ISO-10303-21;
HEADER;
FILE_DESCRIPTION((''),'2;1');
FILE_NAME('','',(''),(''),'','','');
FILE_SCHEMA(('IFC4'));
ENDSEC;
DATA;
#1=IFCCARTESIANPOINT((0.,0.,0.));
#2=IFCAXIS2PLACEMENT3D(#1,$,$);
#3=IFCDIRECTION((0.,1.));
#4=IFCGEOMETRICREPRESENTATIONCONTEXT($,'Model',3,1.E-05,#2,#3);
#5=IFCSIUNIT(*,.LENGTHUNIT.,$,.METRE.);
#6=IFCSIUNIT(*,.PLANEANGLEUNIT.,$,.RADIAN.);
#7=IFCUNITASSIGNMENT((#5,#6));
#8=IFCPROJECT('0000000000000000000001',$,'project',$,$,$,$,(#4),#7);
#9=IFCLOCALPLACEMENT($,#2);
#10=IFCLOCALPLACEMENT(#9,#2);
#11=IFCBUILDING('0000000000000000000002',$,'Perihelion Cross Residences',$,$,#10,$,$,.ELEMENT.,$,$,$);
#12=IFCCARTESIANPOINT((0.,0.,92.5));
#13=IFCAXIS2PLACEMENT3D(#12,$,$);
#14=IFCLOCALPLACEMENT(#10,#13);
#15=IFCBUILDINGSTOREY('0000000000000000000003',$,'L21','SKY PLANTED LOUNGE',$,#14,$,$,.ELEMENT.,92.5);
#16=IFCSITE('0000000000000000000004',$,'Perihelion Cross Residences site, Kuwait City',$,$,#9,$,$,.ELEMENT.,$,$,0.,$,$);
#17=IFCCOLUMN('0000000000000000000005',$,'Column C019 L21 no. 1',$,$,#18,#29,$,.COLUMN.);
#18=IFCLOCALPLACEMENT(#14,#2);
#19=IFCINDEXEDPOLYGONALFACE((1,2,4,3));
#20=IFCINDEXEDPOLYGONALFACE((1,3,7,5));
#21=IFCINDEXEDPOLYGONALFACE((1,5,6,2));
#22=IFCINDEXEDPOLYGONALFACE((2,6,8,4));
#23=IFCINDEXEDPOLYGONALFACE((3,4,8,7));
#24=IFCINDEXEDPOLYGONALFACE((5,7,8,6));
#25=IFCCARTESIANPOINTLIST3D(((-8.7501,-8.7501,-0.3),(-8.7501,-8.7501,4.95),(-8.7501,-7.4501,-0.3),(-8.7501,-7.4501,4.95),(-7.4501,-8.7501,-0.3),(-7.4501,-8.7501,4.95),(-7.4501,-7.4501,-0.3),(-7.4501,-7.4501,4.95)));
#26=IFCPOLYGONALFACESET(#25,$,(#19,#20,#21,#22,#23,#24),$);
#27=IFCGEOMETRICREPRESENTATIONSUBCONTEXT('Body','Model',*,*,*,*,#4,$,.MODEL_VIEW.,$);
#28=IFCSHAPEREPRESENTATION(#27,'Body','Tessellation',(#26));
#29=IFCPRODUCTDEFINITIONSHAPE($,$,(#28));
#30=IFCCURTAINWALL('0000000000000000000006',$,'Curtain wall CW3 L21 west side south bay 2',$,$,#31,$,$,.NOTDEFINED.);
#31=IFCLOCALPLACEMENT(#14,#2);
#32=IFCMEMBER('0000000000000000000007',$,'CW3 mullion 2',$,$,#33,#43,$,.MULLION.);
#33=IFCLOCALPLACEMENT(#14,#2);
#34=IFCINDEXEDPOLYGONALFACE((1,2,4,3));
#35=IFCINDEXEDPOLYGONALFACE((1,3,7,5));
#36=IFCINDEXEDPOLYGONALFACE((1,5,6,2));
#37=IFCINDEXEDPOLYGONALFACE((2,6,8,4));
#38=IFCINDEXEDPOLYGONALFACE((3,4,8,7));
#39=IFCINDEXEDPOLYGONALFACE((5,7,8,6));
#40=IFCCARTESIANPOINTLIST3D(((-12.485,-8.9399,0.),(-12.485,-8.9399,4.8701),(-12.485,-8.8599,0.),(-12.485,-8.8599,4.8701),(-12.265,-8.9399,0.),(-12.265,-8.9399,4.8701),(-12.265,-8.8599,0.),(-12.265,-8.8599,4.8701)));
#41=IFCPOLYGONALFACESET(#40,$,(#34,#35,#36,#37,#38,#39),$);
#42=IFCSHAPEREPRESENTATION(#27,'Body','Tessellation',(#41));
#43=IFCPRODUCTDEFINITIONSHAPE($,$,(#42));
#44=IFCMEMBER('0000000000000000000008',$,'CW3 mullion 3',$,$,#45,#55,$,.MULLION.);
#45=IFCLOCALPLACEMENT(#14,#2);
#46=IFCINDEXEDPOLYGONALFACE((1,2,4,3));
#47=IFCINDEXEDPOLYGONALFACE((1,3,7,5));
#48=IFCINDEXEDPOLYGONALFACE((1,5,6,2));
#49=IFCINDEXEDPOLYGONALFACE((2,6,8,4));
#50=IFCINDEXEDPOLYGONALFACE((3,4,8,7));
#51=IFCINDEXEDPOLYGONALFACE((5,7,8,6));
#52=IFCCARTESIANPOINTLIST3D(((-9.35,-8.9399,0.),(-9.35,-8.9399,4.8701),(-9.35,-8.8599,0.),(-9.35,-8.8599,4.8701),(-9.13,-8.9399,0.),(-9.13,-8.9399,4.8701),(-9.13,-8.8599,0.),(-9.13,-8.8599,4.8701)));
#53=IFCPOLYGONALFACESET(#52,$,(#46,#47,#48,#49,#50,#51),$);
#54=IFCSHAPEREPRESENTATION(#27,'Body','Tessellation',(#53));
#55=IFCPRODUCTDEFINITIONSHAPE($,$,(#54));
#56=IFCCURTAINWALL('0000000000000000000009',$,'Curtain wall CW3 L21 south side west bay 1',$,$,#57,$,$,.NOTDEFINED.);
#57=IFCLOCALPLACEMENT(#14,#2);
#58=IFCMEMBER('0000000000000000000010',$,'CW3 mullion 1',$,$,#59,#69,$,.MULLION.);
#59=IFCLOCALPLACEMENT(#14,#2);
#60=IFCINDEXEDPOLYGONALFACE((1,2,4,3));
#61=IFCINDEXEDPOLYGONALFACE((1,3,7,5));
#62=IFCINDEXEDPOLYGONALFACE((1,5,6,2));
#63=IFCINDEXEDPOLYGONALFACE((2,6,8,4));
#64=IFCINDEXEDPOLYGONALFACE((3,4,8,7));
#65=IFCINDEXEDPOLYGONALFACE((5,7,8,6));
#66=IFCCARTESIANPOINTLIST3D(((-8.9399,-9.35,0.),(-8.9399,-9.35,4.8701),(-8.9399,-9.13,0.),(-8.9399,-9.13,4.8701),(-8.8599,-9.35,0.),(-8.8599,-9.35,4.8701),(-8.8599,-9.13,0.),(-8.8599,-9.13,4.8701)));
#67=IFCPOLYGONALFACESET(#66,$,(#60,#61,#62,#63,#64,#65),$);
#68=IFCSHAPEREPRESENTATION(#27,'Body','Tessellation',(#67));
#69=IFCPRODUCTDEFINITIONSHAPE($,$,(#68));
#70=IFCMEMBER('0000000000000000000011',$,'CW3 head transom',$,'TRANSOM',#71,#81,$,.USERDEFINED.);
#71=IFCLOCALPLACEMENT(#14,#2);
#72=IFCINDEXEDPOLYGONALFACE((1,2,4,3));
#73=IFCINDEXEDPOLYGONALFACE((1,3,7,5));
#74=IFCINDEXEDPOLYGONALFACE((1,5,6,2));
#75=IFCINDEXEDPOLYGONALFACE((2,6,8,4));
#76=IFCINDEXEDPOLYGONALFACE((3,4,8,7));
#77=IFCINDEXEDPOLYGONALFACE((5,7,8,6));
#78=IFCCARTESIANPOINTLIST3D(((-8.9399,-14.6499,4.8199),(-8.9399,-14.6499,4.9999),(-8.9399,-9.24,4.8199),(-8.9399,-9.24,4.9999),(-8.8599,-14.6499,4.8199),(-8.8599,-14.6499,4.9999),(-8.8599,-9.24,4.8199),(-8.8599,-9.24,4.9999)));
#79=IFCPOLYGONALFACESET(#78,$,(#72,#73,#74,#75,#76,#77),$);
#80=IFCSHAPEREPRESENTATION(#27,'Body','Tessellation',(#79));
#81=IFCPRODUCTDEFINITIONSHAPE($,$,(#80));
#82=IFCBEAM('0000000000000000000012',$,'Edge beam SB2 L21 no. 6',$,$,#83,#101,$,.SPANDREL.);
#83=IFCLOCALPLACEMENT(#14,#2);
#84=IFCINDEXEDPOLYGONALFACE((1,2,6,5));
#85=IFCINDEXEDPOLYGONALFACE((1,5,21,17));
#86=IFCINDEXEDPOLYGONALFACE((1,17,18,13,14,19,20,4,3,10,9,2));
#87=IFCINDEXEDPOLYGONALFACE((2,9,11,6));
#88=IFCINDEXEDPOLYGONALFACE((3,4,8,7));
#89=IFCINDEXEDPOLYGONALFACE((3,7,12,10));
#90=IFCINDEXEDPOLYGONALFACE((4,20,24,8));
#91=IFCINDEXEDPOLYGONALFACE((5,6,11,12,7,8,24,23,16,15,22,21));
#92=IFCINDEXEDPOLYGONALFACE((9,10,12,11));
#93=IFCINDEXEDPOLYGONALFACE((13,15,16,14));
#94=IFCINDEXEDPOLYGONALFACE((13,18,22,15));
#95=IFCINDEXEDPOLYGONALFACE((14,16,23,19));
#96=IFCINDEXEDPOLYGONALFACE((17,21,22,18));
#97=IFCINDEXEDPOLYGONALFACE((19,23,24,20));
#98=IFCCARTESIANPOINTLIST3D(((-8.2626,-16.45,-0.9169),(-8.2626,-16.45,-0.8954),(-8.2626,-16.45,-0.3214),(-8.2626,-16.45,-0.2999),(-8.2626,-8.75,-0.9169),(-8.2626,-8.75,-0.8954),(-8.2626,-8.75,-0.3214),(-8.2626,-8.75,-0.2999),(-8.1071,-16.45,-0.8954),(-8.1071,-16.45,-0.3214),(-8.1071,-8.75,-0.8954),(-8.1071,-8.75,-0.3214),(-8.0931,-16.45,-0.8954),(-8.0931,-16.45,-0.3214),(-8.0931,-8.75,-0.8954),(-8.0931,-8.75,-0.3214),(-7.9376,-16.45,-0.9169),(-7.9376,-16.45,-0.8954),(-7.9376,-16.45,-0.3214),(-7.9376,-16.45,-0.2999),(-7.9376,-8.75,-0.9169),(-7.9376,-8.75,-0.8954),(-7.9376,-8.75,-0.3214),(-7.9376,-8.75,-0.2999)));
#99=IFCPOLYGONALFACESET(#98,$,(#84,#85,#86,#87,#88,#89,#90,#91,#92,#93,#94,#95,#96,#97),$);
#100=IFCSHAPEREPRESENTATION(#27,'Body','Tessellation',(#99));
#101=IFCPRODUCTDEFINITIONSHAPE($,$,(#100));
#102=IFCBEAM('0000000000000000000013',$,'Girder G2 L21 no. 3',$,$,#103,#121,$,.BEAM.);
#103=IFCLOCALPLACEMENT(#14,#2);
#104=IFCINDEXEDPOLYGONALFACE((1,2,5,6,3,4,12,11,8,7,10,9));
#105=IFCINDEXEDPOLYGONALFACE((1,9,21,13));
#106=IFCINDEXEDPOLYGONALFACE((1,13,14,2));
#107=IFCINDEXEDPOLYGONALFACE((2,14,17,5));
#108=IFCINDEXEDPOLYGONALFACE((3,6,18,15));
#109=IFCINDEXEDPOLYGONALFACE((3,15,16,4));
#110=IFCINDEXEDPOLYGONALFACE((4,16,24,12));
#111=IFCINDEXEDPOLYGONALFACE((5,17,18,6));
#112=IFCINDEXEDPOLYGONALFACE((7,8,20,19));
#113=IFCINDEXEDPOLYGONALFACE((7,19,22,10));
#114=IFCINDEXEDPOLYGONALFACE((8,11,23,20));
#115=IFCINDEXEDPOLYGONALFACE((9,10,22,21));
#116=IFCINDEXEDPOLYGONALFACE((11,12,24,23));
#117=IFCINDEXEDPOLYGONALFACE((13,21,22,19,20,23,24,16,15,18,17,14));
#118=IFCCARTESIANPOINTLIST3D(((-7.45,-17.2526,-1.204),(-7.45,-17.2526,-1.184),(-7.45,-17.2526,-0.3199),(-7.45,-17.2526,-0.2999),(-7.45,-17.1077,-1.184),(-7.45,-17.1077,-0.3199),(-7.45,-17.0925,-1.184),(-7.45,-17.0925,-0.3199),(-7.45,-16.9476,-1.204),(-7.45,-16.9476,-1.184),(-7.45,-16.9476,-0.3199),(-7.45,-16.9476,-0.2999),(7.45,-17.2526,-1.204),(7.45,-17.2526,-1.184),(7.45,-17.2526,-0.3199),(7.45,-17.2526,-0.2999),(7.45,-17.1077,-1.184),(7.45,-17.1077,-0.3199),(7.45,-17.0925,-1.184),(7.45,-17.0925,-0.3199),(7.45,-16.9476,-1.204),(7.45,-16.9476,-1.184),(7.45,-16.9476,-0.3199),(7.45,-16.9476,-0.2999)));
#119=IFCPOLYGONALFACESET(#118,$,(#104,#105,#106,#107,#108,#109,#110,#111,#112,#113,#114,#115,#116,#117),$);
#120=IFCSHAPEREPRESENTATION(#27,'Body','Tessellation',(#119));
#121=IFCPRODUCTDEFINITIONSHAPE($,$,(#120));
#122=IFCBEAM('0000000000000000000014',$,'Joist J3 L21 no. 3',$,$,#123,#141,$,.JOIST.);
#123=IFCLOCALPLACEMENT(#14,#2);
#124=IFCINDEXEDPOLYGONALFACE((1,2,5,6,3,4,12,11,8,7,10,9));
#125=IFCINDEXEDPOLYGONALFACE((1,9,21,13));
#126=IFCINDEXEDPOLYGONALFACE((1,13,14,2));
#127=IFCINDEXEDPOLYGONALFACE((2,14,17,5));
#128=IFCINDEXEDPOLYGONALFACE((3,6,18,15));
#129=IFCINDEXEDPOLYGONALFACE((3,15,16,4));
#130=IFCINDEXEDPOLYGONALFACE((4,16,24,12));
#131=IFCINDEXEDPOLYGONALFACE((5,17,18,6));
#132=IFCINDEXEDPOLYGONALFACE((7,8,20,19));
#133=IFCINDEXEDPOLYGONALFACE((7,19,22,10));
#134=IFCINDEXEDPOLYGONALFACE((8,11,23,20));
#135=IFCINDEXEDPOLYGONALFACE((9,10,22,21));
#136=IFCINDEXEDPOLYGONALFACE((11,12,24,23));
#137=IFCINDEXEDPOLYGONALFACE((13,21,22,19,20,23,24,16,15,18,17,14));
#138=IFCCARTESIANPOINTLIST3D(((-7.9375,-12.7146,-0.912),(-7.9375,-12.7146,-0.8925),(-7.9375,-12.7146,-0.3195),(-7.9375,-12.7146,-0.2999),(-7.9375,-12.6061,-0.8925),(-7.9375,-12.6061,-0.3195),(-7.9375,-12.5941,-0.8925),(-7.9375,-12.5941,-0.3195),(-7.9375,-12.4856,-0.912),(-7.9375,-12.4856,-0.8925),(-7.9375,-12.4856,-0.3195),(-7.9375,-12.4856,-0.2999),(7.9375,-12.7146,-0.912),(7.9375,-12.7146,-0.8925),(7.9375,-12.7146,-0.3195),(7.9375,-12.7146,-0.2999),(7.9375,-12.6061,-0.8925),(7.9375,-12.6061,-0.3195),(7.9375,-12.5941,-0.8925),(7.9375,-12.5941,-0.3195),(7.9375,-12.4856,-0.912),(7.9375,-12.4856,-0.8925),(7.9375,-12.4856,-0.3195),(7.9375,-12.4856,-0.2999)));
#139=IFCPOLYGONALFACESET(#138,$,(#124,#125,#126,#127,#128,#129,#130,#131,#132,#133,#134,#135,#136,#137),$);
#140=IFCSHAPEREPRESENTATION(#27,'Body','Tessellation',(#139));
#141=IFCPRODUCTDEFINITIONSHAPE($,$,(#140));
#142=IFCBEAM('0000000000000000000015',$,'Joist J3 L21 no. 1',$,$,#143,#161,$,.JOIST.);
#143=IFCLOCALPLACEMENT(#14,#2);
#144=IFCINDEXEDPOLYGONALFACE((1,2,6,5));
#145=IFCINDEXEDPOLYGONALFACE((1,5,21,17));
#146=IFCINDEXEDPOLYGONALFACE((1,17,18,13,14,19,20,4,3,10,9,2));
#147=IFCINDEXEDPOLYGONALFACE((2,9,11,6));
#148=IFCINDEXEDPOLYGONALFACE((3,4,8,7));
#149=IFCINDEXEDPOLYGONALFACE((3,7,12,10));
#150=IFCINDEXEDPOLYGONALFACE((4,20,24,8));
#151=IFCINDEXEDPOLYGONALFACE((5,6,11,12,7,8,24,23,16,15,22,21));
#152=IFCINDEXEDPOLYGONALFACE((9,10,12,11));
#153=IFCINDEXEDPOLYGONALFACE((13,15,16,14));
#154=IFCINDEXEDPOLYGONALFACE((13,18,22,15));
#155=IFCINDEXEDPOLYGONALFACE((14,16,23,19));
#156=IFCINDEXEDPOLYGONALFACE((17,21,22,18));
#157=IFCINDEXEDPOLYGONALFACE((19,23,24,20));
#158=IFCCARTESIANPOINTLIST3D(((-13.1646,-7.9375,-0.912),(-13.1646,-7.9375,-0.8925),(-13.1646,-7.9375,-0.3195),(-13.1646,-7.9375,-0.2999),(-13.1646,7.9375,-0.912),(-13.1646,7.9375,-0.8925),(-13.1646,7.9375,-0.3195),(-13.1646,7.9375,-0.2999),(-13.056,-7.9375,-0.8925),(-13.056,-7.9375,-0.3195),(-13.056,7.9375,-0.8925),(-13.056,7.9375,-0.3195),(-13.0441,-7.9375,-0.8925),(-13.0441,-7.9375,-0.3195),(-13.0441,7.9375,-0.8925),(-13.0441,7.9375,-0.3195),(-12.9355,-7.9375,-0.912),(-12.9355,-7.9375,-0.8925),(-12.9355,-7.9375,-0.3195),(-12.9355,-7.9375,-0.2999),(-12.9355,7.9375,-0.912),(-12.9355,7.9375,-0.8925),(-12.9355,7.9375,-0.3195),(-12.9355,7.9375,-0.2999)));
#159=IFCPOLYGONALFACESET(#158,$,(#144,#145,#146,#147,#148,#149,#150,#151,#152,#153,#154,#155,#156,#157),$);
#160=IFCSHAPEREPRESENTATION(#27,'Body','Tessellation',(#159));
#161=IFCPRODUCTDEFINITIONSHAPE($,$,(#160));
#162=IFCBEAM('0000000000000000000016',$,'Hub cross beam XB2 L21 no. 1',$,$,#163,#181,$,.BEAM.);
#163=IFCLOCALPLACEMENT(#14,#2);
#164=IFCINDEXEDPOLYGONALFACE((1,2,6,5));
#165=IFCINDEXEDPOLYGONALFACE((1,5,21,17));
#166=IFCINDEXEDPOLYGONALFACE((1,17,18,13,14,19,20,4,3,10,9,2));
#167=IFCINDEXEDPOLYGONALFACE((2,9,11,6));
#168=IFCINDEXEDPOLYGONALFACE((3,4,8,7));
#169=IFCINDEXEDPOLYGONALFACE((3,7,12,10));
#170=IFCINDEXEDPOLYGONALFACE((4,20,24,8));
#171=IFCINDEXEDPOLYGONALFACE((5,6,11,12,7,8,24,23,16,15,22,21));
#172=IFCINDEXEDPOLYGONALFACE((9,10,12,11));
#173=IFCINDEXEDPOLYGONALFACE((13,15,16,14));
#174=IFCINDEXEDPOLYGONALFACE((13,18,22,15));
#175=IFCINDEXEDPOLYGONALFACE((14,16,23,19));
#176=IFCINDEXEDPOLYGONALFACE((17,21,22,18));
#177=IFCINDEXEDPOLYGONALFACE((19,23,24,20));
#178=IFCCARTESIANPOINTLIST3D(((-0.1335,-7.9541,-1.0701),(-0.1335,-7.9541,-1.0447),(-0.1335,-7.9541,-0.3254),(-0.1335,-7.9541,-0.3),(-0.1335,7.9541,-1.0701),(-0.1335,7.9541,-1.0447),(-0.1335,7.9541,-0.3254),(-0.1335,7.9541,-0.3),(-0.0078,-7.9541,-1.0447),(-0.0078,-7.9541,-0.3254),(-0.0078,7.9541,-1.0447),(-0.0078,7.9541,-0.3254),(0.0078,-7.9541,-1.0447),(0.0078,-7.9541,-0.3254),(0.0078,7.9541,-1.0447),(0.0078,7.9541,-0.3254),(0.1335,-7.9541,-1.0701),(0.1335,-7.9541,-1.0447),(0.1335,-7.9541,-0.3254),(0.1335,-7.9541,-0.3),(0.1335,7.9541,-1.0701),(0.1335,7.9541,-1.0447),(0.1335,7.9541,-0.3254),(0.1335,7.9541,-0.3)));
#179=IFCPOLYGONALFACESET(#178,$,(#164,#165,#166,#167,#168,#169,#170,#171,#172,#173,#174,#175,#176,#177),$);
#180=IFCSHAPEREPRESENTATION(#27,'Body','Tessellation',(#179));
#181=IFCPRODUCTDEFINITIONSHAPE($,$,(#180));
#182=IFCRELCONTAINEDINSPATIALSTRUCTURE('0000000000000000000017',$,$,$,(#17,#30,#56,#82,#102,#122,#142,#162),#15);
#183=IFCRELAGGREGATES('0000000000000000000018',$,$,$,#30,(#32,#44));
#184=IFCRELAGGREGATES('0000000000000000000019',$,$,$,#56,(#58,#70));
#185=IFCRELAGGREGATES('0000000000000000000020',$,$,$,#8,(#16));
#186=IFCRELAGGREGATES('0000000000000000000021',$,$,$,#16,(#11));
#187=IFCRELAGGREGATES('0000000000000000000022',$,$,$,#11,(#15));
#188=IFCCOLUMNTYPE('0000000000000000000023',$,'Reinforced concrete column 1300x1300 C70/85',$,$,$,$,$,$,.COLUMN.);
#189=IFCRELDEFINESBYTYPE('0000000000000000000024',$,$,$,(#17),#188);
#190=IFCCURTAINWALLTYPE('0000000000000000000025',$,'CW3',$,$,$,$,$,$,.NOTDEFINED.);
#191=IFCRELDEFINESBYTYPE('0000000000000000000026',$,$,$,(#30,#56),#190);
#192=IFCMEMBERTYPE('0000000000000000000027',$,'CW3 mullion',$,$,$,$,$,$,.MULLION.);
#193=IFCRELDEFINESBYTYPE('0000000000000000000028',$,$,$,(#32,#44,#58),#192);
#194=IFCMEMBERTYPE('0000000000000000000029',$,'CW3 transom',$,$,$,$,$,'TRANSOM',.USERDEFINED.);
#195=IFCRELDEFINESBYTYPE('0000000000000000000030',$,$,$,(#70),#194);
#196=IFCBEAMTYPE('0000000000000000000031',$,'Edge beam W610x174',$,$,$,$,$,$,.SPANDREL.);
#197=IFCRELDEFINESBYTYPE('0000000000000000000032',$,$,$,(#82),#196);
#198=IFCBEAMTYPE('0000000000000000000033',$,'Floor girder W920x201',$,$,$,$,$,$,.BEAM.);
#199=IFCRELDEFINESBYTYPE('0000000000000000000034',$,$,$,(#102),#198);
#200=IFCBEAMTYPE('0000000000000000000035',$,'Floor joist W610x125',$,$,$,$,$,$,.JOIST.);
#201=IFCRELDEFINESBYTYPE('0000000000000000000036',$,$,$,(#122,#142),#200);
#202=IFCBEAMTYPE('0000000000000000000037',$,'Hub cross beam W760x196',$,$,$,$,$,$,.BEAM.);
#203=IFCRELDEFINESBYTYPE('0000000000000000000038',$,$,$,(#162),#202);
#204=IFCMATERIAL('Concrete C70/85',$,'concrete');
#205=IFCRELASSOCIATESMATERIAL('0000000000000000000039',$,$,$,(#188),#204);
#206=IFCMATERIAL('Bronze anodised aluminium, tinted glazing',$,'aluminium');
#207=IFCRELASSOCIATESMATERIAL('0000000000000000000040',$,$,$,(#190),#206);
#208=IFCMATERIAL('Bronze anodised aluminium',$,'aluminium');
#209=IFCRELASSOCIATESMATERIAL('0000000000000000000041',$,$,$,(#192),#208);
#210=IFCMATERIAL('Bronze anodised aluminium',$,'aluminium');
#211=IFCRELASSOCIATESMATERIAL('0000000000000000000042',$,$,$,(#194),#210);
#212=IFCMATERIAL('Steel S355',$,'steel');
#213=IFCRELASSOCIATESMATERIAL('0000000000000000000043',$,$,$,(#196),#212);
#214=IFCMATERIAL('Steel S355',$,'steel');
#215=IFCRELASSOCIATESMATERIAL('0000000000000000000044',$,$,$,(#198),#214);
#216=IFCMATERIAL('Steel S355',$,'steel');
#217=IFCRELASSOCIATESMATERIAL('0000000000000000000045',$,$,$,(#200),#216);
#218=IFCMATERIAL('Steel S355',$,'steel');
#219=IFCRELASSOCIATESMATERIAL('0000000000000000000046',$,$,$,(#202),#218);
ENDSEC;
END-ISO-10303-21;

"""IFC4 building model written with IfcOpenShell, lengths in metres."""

from ifc_helpers import new_model, si_unit, direction, frame, origin, origin_2d, place, context, subcontext, project, spatial, rectangle, i_section, extrude, material, material_profile, profile_set, type_object, element, aggregate, save


model = new_model("IFC4")

# Units and contexts
model_context = context("Model", 3, precision=1e-05, world=origin(), true_north=direction((0.0, 1.0)))
body_context = subcontext(model_context, "Body", "Model", "MODEL_VIEW")
ifc_project = project(units=[si_unit("LENGTHUNIT", "METRE"), si_unit("PLANEANGLEUNIT", "RADIAN")], contexts=[model_context])

# Site, building, storey
site_placement = place(None, origin())
site = spatial("IfcSite", under=ifc_project, at=site_placement, Name="Perihelion Cross Residences site, Kuwait City", CompositionType="ELEMENT", RefElevation=0.0)
building_placement = place(site_placement, origin())
building = spatial("IfcBuilding", under=site, at=building_placement, Name="Perihelion Cross Residences", CompositionType="ELEMENT")
storey_placement = place(building_placement, frame((0.0, 0.0, 92.5)))
storey = spatial("IfcBuildingStorey", under=building, at=storey_placement, Name="L21", Description="SKY PLANTED LOUNGE", CompositionType="ELEMENT", Elevation=92.5)

# Column
ifc_material_1 = material(Name="Concrete C70/85", Category="concrete")
ifc_material_profile_1 = material_profile(ifc_material_1, rectangle(XDim=1.3, YDim=1.3, at=origin_2d()), Name="RC 1300x1300")
ifc_profile_set_1 = profile_set([ifc_material_profile_1], Name="Concrete C70/85")
column_type = type_object("IfcColumnType", Name="Reinforced concrete column 1300x1300 C70/85", PredefinedType="COLUMN", material=ifc_profile_set_1)
column_placement = place(storey_placement, frame((-8.1001, -8.1001, -0.3), z_axis=(0.0, 0.0, 1.0), x_axis=(1.0, 0.0, 0.0)))
element("IfcColumn", 1, at=column_placement, inside=storey, type_object=column_type, Name="Column C019 L21 no. 1", PredefinedType="COLUMN", context=body_context, shape_type="SweptSolid", body=[
    extrude(rectangle(XDim=1.3, YDim=1.3, at=origin_2d()), origin(), (0.0, 0.0, 1.0), 5.25),
])

# Curtain walls, members
ifc_material_2 = material(Name="Bronze anodised aluminium, tinted glazing", Category="aluminium")
curtain_wall_type = type_object("IfcCurtainWallType", Name="CW3", PredefinedType="NOTDEFINED", material=ifc_material_2)
curtain_wall_1_placement = place(storey_placement, origin())
curtain_wall_1 = element("IfcCurtainWall", 2, at=curtain_wall_1_placement, inside=storey, type_object=curtain_wall_type, Name="Curtain wall CW3 L21 west side south bay 2", PredefinedType="NOTDEFINED")
ifc_material_3 = material(Name="Bronze anodised aluminium", Category="aluminium")
ifc_material_profile_2 = material_profile(ifc_material_3, rectangle(XDim=0.0801, YDim=0.22, at=origin_2d()), Name="CW3 mullion")
ifc_profile_set_2 = profile_set([ifc_material_profile_2], Name="Bronze anodised aluminium")
member_type_1 = type_object("IfcMemberType", Name="CW3 mullion", PredefinedType="MULLION", material=ifc_profile_set_2)
member_1_placement = place(storey_placement, frame((-12.375, -8.8999, 0.0), z_axis=(0.0, 0.0, 1.0), x_axis=(0.0, 1.0, 0.0)))
member_1 = element("IfcMember", 3, at=member_1_placement, type_object=member_type_1, Name="CW3 mullion 2", PredefinedType="MULLION", context=body_context, shape_type="SweptSolid", body=[
    extrude(rectangle(XDim=0.0801, YDim=0.22, at=origin_2d()), origin(), (0.0, 0.0, 1.0), 4.8701),
])
member_2_placement = place(storey_placement, frame((-9.24, -8.8999, 0.0), z_axis=(0.0, 0.0, 1.0), x_axis=(0.0, 1.0, 0.0)))
member_2 = element("IfcMember", 4, at=member_2_placement, type_object=member_type_1, Name="CW3 mullion 3", PredefinedType="MULLION", context=body_context, shape_type="SweptSolid", body=[
    extrude(rectangle(XDim=0.0801, YDim=0.22, at=origin_2d()), origin(), (0.0, 0.0, 1.0), 4.8701),
])
curtain_wall_2_placement = place(storey_placement, origin())
curtain_wall_2 = element("IfcCurtainWall", 5, at=curtain_wall_2_placement, inside=storey, type_object=curtain_wall_type, Name="Curtain wall CW3 L21 south side west bay 1", PredefinedType="NOTDEFINED")
member_3_placement = place(storey_placement, frame((-8.8999, -9.24, 0.0), z_axis=(0.0, 0.0, 1.0), x_axis=(1.0, 0.0, 0.0)))
member_3 = element("IfcMember", 6, at=member_3_placement, type_object=member_type_1, Name="CW3 mullion 1", PredefinedType="MULLION", context=body_context, shape_type="SweptSolid", body=[
    extrude(rectangle(XDim=0.0801, YDim=0.22, at=origin_2d()), origin(), (0.0, 0.0, 1.0), 4.8701),
])
ifc_material_4 = material(Name="Bronze anodised aluminium", Category="aluminium")
ifc_material_profile_3 = material_profile(ifc_material_4, rectangle(XDim=0.0801, YDim=0.1799, at=origin_2d()), Name="CW3 transom")
ifc_profile_set_3 = profile_set([ifc_material_profile_3], Name="Bronze anodised aluminium")
member_type_2 = type_object("IfcMemberType", Name="CW3 transom", ElementType="TRANSOM", PredefinedType="USERDEFINED", material=ifc_profile_set_3)
member_4_placement = place(storey_placement, frame((-8.8999, -9.24, 4.9099), z_axis=(0.0, -1.0, 0.0), x_axis=(1.0, 0.0, 0.0)))
member_4 = element("IfcMember", 7, at=member_4_placement, type_object=member_type_2, Name="CW3 head transom", ObjectType="TRANSOM", PredefinedType="USERDEFINED", context=body_context, shape_type="SweptSolid", body=[
    extrude(rectangle(XDim=0.0801, YDim=0.1799, at=origin_2d()), origin(), (0.0, 0.0, 1.0), 5.4099),
])

# Beams
ifc_material_5 = material(Name="Steel S355", Category="steel")
ifc_material_profile_4 = material_profile(ifc_material_5, i_section(OverallWidth=0.325, OverallDepth=0.6169, WebThickness=0.0139, FlangeThickness=0.0215, at=origin_2d()), Name="W610x174")
ifc_profile_set_4 = profile_set([ifc_material_profile_4], Name="Steel S355")
beam_type_1 = type_object("IfcBeamType", Name="Edge beam W610x174", PredefinedType="SPANDREL", material=ifc_profile_set_4)
beam_1_placement = place(storey_placement, frame((-8.1001, -8.75, -0.6084), z_axis=(0.0, -1.0, 0.0), x_axis=(1.0, 0.0, 0.0)))
element("IfcBeam", 8, at=beam_1_placement, inside=storey, type_object=beam_type_1, Name="Edge beam SB2 L21 no. 6", PredefinedType="SPANDREL", context=body_context, shape_type="SweptSolid", body=[
    extrude(i_section(OverallWidth=0.325, OverallDepth=0.6169, WebThickness=0.0139, FlangeThickness=0.0215, at=origin_2d()), origin(), (0.0, 0.0, 1.0), 7.7),
])
ifc_material_6 = material(Name="Steel S355", Category="steel")
ifc_material_profile_5 = material_profile(ifc_material_6, i_section(OverallWidth=0.3049, OverallDepth=0.9041, WebThickness=0.0151, FlangeThickness=0.02, at=origin_2d()), Name="W920x201")
ifc_profile_set_5 = profile_set([ifc_material_profile_5], Name="Steel S355")
beam_type_2 = type_object("IfcBeamType", Name="Floor girder W920x201", PredefinedType="BEAM", material=ifc_profile_set_5)
beam_2_placement = place(storey_placement, frame((-7.45, -17.1001, -0.752), z_axis=(1.0, 0.0, 0.0), x_axis=(0.0, 1.0, 0.0)))
element("IfcBeam", 9, at=beam_2_placement, inside=storey, type_object=beam_type_2, Name="Girder G2 L21 no. 3", PredefinedType="BEAM", context=body_context, shape_type="SweptSolid", body=[
    extrude(i_section(OverallWidth=0.3049, OverallDepth=0.9041, WebThickness=0.0151, FlangeThickness=0.02, at=origin_2d()), origin(), (0.0, 0.0, 1.0), 14.8999),
])
ifc_material_7 = material(Name="Steel S355", Category="steel")
ifc_material_profile_6 = material_profile(ifc_material_7, i_section(OverallWidth=0.229, OverallDepth=0.6121, WebThickness=0.012, FlangeThickness=0.0195, at=origin_2d()), Name="W610x125")
ifc_profile_set_6 = profile_set([ifc_material_profile_6], Name="Steel S355")
beam_type_3 = type_object("IfcBeamType", Name="Floor joist W610x125", PredefinedType="JOIST", material=ifc_profile_set_6)
for number, where, z_axis, x_axis, name in (
    (10, (-7.9375, -12.6001, -0.606), (1.0, 0.0, 0.0), (0.0, 1.0, 0.0), "Joist J3 L21 no. 3"),
    (11, (-13.05, -7.9375, -0.606), (0.0, 1.0, 0.0), (-1.0, 0.0, 0.0), "Joist J3 L21 no. 1"),
):
    element("IfcBeam", number, at=place(storey_placement, frame(where, z_axis=z_axis, x_axis=x_axis)), inside=storey, type_object=beam_type_3, Name=name, PredefinedType="JOIST", context=body_context, shape_type="SweptSolid", body=[
        extrude(i_section(OverallWidth=0.229, OverallDepth=0.6121, WebThickness=0.012, FlangeThickness=0.0195, at=origin_2d()), origin(), (0.0, 0.0, 1.0), 15.875),
    ])
ifc_material_8 = material(Name="Steel S355", Category="steel")
ifc_material_profile_7 = material_profile(ifc_material_8, i_section(OverallWidth=0.2671, OverallDepth=0.77, WebThickness=0.0156, FlangeThickness=0.0254, at=origin_2d()), Name="W760x196")
ifc_profile_set_7 = profile_set([ifc_material_profile_7], Name="Steel S355")
beam_type_4 = type_object("IfcBeamType", Name="Hub cross beam W760x196", PredefinedType="BEAM", material=ifc_profile_set_7)
beam_3_placement = place(storey_placement, frame((0.0, -7.9541, -0.6851), z_axis=(0.0, 1.0, 0.0), x_axis=(-1.0, 0.0, 0.0)))
element("IfcBeam", 12, at=beam_3_placement, inside=storey, type_object=beam_type_4, Name="Hub cross beam XB2 L21 no. 1", PredefinedType="BEAM", context=body_context, shape_type="SweptSolid", body=[
    extrude(i_section(OverallWidth=0.2671, OverallDepth=0.77, WebThickness=0.0156, FlangeThickness=0.0254, at=origin_2d()), origin(), (0.0, 0.0, 1.0), 15.9082),
])

aggregate(curtain_wall_1, [member_1, member_2])
aggregate(curtain_wall_2, [member_3, member_4])

save(model, "model.ifc")
